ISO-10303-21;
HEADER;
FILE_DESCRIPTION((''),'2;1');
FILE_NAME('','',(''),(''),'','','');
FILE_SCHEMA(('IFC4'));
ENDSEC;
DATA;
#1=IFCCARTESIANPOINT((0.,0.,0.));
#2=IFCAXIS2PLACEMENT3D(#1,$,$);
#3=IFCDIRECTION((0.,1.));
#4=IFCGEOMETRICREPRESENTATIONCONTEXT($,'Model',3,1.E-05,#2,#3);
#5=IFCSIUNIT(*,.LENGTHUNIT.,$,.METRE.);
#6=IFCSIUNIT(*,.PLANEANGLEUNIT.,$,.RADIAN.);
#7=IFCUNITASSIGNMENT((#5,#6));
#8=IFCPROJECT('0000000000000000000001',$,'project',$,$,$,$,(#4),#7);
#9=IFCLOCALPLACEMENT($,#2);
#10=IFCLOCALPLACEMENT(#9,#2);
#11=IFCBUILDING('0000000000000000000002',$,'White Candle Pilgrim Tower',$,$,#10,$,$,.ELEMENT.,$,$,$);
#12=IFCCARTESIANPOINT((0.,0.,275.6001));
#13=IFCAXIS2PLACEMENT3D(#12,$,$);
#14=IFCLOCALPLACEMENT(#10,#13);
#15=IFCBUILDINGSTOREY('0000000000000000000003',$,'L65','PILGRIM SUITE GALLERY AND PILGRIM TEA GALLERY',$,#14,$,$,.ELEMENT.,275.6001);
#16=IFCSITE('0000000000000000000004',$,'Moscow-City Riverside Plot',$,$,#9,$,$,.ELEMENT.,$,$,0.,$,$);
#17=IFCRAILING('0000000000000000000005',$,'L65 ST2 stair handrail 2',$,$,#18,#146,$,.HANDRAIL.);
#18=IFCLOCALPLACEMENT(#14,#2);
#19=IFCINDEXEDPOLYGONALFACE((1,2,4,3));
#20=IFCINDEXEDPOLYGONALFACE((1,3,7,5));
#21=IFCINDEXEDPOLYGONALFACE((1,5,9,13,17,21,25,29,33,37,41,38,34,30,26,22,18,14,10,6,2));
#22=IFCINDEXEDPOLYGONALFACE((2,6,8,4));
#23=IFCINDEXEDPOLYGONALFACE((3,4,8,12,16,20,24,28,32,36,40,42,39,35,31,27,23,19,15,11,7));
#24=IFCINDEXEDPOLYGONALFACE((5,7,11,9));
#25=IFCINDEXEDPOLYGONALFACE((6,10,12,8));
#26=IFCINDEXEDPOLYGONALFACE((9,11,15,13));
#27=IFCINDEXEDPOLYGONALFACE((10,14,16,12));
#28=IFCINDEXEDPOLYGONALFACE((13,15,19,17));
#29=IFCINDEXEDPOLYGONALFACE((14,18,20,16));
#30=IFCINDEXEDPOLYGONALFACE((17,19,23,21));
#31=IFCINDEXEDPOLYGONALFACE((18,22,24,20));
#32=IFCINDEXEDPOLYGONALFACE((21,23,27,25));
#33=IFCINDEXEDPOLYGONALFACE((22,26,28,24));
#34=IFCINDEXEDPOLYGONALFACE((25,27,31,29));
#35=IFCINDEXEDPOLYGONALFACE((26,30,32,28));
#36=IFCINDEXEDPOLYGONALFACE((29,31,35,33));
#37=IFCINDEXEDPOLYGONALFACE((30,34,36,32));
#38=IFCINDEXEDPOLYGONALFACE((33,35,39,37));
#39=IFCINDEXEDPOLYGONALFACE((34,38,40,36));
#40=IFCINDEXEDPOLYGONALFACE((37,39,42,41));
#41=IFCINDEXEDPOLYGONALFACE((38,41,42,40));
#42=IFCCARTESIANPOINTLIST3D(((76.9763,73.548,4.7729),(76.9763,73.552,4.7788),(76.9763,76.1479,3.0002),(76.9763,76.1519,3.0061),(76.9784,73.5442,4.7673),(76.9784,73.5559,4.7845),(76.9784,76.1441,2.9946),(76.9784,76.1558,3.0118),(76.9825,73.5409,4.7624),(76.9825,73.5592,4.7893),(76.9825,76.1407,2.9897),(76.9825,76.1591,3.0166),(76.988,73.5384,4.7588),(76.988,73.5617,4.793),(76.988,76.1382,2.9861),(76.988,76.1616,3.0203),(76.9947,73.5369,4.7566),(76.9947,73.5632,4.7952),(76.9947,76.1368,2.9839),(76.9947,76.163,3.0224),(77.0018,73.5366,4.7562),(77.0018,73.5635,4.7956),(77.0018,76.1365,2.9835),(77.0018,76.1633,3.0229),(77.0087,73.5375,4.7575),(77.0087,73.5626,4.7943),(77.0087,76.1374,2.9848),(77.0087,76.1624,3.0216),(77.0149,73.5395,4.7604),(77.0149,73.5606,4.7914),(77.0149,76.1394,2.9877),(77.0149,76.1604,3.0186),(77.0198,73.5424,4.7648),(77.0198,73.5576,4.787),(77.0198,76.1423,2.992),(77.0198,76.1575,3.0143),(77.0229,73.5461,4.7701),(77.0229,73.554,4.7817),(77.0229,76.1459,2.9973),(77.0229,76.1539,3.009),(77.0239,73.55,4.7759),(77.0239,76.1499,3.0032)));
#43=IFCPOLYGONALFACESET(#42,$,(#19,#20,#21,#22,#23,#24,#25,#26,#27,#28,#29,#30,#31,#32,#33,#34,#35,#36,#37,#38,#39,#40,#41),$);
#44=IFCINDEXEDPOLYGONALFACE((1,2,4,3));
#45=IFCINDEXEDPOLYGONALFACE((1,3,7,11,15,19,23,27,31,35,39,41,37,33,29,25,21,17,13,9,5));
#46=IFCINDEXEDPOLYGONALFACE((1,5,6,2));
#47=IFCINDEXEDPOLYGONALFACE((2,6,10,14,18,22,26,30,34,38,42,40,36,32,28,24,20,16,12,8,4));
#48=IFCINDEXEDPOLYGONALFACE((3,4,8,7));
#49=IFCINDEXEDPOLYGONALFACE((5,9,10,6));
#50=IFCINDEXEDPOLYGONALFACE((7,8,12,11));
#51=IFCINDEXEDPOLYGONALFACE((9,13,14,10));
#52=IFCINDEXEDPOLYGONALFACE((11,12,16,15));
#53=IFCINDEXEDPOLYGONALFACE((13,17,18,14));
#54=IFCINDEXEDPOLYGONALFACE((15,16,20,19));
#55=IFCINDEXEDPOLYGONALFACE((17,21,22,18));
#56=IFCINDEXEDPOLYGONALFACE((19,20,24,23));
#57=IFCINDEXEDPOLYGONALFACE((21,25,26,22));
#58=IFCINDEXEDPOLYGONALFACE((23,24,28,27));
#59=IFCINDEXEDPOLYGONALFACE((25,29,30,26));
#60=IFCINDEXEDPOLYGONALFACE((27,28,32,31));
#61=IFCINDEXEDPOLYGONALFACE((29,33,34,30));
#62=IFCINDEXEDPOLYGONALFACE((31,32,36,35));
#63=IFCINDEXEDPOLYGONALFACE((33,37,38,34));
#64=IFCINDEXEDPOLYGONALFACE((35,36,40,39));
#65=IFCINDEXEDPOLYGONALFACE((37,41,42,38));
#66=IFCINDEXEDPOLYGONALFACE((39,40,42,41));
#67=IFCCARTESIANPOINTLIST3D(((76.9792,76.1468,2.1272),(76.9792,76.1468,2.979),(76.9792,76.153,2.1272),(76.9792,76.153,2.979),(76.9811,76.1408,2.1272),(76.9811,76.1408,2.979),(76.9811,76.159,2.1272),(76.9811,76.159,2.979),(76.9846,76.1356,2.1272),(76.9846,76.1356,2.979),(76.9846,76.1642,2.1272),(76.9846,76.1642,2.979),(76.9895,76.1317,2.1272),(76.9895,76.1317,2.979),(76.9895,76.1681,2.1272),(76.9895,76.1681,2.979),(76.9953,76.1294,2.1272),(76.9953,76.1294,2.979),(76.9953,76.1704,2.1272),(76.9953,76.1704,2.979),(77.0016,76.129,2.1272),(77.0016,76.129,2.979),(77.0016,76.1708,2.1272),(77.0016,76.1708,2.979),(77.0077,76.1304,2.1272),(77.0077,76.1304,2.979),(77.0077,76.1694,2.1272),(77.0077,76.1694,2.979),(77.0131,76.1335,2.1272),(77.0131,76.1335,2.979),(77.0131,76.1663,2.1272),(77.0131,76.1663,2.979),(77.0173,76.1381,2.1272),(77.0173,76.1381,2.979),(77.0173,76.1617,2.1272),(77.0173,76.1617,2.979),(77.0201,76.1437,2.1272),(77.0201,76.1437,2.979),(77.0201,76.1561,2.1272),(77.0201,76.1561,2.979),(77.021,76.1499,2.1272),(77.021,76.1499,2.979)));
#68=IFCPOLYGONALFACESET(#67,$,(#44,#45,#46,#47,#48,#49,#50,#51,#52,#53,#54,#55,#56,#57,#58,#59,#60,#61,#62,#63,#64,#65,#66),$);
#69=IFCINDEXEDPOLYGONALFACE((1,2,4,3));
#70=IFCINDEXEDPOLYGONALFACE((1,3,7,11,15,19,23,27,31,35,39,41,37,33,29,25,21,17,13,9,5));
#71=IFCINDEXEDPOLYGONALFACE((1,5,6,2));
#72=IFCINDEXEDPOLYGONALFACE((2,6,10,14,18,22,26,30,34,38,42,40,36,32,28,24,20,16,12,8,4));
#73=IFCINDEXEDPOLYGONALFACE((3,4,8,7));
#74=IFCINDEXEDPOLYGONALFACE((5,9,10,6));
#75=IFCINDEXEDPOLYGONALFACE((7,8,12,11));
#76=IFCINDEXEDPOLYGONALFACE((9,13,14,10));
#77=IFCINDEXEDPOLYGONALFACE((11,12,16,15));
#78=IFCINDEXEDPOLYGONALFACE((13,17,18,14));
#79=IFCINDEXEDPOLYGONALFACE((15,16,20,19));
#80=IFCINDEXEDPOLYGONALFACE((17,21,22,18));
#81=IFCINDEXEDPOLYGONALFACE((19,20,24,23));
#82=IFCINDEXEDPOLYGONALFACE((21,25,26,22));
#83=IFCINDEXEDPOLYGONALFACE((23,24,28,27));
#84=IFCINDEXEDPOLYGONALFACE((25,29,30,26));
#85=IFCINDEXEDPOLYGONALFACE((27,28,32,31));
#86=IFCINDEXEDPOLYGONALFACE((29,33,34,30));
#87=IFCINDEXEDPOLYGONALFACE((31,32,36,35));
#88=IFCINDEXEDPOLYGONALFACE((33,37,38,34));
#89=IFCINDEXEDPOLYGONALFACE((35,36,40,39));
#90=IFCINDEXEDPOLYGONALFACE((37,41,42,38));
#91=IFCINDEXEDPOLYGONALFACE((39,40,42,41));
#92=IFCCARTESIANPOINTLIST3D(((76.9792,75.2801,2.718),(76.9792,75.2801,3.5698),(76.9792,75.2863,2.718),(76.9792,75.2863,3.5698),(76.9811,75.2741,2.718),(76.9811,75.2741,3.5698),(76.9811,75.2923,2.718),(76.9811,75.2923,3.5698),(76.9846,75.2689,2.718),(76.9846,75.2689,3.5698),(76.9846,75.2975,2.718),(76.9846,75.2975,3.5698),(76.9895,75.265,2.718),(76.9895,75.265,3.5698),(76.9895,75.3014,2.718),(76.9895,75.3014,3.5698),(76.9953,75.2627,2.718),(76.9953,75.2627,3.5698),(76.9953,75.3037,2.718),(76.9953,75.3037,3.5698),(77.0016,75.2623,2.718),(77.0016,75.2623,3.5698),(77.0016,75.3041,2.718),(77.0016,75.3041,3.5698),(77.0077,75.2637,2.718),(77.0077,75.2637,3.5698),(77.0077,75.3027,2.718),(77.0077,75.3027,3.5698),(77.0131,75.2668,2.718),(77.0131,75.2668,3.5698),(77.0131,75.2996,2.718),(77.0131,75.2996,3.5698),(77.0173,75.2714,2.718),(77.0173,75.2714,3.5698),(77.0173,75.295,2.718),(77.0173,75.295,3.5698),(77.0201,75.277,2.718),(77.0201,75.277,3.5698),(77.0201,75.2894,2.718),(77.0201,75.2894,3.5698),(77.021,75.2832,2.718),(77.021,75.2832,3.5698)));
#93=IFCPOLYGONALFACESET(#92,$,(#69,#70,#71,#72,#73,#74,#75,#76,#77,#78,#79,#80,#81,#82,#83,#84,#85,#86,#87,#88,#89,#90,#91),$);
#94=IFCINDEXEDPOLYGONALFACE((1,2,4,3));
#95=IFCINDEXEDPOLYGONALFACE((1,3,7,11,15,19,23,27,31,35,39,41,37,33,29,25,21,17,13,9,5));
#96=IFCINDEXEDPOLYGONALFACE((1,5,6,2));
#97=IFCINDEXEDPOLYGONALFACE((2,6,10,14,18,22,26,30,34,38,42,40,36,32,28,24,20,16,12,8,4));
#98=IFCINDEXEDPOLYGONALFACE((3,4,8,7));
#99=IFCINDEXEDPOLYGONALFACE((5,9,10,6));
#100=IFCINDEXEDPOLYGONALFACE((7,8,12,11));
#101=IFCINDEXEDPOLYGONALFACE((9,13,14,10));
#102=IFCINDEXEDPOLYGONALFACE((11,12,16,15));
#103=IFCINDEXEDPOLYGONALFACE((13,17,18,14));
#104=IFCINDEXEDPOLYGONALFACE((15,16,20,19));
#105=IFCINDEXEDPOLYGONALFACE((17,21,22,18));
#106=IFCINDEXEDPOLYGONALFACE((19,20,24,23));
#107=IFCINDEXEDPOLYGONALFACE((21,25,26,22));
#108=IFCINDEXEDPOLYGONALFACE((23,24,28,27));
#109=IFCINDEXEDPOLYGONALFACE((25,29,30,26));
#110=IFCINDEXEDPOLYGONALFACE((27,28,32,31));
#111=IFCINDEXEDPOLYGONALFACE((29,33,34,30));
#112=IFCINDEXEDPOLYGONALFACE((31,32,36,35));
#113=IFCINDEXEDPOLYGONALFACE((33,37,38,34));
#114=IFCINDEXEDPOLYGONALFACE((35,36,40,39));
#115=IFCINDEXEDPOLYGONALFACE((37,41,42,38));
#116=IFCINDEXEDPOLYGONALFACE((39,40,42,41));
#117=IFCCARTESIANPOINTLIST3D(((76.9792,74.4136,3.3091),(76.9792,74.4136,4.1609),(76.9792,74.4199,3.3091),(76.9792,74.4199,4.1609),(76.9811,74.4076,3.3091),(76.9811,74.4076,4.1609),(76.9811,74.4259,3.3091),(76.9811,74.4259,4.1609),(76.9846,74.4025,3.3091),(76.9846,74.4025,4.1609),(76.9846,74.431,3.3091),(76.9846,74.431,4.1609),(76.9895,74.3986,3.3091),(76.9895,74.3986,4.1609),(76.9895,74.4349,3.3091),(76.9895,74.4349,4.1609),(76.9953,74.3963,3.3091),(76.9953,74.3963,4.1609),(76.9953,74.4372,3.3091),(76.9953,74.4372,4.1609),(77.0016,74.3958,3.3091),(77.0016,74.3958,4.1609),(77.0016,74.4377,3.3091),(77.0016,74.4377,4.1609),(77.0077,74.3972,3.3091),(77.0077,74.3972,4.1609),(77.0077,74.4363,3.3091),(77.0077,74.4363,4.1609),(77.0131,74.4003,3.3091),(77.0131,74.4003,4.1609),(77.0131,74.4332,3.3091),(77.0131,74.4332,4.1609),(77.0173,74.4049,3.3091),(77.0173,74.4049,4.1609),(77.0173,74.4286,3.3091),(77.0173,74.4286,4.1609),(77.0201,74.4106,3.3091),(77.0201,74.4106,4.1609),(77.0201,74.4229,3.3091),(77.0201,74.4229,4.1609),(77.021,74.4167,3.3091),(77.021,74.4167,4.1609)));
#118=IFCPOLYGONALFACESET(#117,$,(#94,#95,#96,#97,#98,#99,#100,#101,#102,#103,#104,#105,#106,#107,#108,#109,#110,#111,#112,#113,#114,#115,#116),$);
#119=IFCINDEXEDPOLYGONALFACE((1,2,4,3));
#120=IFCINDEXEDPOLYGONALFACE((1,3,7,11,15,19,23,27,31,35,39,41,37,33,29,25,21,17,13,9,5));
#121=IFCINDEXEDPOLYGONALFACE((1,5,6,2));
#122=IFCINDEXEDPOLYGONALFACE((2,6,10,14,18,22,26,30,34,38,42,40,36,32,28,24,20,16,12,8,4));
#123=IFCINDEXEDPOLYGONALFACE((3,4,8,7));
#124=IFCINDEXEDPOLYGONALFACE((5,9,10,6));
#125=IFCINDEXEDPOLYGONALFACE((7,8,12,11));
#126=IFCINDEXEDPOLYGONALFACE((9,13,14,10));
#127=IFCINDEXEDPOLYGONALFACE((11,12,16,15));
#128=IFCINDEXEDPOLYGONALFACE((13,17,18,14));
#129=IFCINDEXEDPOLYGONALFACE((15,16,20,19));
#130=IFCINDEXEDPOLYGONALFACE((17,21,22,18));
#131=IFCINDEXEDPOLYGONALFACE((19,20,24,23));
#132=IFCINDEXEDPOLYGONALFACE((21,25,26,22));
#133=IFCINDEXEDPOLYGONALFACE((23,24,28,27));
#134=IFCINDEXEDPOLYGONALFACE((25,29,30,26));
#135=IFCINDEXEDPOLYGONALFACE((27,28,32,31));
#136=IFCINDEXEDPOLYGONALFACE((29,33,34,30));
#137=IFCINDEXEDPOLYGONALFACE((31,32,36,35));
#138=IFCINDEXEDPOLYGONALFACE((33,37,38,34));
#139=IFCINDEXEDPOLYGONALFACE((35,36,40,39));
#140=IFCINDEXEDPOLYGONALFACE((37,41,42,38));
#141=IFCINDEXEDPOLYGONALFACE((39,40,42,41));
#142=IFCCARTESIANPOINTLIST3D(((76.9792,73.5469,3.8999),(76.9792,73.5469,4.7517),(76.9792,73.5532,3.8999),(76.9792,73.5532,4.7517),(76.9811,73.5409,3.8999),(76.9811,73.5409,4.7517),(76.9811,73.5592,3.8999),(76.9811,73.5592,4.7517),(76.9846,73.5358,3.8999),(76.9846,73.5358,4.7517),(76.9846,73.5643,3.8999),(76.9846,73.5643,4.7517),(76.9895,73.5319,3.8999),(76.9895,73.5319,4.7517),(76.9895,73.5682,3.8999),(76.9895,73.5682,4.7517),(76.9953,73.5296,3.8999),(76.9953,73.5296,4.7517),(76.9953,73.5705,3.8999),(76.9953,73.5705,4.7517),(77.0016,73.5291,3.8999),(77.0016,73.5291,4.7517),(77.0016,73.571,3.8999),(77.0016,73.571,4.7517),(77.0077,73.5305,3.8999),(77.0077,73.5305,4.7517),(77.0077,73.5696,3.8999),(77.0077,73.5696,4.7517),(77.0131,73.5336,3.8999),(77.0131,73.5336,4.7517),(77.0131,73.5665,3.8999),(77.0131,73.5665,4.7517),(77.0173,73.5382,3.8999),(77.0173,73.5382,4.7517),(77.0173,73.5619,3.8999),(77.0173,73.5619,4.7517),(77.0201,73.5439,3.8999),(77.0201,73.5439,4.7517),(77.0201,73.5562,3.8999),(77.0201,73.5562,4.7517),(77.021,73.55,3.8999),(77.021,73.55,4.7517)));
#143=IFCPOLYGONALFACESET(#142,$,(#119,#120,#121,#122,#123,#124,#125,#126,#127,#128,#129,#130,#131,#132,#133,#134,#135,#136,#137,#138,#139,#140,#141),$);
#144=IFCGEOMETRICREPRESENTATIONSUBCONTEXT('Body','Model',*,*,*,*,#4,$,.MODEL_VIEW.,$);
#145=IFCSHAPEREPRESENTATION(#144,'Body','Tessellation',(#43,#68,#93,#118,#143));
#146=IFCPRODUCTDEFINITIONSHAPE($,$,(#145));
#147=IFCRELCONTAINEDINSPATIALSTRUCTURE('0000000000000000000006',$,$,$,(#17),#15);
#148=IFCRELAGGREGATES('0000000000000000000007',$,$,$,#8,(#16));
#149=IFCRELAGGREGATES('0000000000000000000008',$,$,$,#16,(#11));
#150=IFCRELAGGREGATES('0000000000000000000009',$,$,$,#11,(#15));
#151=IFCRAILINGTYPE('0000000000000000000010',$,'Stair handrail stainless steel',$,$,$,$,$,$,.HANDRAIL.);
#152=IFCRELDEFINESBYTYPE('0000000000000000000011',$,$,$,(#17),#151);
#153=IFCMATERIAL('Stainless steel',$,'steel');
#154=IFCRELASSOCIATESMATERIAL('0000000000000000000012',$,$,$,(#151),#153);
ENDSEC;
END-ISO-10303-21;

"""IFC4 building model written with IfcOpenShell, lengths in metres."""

from ifc_helpers import new_model, si_unit, direction, frame, origin, origin_2d, place, context, subcontext, project, spatial, circle, extrude, material, type_object, element, save


model = new_model("IFC4")

# Units and contexts
model_context = context("Model", 3, precision=1e-05, world=origin(), true_north=direction((0.0, 1.0)))
body_context = subcontext(model_context, "Body", "Model", "MODEL_VIEW")
ifc_project = project(units=[si_unit("LENGTHUNIT", "METRE"), si_unit("PLANEANGLEUNIT", "RADIAN")], contexts=[model_context])

# Site, building, storey
site_placement = place(None, origin())
site = spatial("IfcSite", under=ifc_project, at=site_placement, Name="Moscow-City Riverside Plot", CompositionType="ELEMENT", RefElevation=0.0)
building_placement = place(site_placement, origin())
building = spatial("IfcBuilding", under=site, at=building_placement, Name="White Candle Pilgrim Tower", CompositionType="ELEMENT")
storey_placement = place(building_placement, frame((0.0, 0.0, 275.6001)))
storey = spatial("IfcBuildingStorey", under=building, at=storey_placement, Name="L65", Description="PILGRIM SUITE GALLERY AND PILGRIM TEA GALLERY", CompositionType="ELEMENT", Elevation=275.6001)

# Railing
ifc_material_1 = material(Name="Stainless steel", Category="steel")
railing_type_1 = type_object("IfcRailingType", Name="Stair handrail stainless steel", PredefinedType="HANDRAIL", material=ifc_material_1)
railing_1_placement = place(storey_placement, frame((77.0, 76.1499, 2.1272)))
element("IfcRailing", 1, at=railing_1_placement, inside=storey, type_object=railing_type_1, Name="L65 ST2 stair handrail 2", PredefinedType="HANDRAIL", context=body_context, shape_type="SweptSolid", body=[
    extrude(circle(Radius=0.0239, at=origin_2d()), frame((0.0, 0.0, 0.876), z_axis=(0.0, -0.826216, 0.563354), x_axis=(1.0, 0.0, 0.0)), (0.0, 0.0, 1.0), 3.1467),
    extrude(circle(Radius=0.021, at=origin_2d()), origin(), (0.0, 0.0, 1.0), 0.8518),
    extrude(circle(Radius=0.021, at=origin_2d()), frame((0.0, -0.8667, 0.5908)), (0.0, 0.0, 1.0), 0.8518),
    extrude(circle(Radius=0.021, at=origin_2d()), frame((0.0, -1.7332, 1.1819)), (0.0, 0.0, 1.0), 0.8518),
    extrude(circle(Radius=0.021, at=origin_2d()), frame((0.0, -2.5999, 1.7727)), (0.0, 0.0, 1.0), 0.8518),
])

save(model, "model.ifc")
